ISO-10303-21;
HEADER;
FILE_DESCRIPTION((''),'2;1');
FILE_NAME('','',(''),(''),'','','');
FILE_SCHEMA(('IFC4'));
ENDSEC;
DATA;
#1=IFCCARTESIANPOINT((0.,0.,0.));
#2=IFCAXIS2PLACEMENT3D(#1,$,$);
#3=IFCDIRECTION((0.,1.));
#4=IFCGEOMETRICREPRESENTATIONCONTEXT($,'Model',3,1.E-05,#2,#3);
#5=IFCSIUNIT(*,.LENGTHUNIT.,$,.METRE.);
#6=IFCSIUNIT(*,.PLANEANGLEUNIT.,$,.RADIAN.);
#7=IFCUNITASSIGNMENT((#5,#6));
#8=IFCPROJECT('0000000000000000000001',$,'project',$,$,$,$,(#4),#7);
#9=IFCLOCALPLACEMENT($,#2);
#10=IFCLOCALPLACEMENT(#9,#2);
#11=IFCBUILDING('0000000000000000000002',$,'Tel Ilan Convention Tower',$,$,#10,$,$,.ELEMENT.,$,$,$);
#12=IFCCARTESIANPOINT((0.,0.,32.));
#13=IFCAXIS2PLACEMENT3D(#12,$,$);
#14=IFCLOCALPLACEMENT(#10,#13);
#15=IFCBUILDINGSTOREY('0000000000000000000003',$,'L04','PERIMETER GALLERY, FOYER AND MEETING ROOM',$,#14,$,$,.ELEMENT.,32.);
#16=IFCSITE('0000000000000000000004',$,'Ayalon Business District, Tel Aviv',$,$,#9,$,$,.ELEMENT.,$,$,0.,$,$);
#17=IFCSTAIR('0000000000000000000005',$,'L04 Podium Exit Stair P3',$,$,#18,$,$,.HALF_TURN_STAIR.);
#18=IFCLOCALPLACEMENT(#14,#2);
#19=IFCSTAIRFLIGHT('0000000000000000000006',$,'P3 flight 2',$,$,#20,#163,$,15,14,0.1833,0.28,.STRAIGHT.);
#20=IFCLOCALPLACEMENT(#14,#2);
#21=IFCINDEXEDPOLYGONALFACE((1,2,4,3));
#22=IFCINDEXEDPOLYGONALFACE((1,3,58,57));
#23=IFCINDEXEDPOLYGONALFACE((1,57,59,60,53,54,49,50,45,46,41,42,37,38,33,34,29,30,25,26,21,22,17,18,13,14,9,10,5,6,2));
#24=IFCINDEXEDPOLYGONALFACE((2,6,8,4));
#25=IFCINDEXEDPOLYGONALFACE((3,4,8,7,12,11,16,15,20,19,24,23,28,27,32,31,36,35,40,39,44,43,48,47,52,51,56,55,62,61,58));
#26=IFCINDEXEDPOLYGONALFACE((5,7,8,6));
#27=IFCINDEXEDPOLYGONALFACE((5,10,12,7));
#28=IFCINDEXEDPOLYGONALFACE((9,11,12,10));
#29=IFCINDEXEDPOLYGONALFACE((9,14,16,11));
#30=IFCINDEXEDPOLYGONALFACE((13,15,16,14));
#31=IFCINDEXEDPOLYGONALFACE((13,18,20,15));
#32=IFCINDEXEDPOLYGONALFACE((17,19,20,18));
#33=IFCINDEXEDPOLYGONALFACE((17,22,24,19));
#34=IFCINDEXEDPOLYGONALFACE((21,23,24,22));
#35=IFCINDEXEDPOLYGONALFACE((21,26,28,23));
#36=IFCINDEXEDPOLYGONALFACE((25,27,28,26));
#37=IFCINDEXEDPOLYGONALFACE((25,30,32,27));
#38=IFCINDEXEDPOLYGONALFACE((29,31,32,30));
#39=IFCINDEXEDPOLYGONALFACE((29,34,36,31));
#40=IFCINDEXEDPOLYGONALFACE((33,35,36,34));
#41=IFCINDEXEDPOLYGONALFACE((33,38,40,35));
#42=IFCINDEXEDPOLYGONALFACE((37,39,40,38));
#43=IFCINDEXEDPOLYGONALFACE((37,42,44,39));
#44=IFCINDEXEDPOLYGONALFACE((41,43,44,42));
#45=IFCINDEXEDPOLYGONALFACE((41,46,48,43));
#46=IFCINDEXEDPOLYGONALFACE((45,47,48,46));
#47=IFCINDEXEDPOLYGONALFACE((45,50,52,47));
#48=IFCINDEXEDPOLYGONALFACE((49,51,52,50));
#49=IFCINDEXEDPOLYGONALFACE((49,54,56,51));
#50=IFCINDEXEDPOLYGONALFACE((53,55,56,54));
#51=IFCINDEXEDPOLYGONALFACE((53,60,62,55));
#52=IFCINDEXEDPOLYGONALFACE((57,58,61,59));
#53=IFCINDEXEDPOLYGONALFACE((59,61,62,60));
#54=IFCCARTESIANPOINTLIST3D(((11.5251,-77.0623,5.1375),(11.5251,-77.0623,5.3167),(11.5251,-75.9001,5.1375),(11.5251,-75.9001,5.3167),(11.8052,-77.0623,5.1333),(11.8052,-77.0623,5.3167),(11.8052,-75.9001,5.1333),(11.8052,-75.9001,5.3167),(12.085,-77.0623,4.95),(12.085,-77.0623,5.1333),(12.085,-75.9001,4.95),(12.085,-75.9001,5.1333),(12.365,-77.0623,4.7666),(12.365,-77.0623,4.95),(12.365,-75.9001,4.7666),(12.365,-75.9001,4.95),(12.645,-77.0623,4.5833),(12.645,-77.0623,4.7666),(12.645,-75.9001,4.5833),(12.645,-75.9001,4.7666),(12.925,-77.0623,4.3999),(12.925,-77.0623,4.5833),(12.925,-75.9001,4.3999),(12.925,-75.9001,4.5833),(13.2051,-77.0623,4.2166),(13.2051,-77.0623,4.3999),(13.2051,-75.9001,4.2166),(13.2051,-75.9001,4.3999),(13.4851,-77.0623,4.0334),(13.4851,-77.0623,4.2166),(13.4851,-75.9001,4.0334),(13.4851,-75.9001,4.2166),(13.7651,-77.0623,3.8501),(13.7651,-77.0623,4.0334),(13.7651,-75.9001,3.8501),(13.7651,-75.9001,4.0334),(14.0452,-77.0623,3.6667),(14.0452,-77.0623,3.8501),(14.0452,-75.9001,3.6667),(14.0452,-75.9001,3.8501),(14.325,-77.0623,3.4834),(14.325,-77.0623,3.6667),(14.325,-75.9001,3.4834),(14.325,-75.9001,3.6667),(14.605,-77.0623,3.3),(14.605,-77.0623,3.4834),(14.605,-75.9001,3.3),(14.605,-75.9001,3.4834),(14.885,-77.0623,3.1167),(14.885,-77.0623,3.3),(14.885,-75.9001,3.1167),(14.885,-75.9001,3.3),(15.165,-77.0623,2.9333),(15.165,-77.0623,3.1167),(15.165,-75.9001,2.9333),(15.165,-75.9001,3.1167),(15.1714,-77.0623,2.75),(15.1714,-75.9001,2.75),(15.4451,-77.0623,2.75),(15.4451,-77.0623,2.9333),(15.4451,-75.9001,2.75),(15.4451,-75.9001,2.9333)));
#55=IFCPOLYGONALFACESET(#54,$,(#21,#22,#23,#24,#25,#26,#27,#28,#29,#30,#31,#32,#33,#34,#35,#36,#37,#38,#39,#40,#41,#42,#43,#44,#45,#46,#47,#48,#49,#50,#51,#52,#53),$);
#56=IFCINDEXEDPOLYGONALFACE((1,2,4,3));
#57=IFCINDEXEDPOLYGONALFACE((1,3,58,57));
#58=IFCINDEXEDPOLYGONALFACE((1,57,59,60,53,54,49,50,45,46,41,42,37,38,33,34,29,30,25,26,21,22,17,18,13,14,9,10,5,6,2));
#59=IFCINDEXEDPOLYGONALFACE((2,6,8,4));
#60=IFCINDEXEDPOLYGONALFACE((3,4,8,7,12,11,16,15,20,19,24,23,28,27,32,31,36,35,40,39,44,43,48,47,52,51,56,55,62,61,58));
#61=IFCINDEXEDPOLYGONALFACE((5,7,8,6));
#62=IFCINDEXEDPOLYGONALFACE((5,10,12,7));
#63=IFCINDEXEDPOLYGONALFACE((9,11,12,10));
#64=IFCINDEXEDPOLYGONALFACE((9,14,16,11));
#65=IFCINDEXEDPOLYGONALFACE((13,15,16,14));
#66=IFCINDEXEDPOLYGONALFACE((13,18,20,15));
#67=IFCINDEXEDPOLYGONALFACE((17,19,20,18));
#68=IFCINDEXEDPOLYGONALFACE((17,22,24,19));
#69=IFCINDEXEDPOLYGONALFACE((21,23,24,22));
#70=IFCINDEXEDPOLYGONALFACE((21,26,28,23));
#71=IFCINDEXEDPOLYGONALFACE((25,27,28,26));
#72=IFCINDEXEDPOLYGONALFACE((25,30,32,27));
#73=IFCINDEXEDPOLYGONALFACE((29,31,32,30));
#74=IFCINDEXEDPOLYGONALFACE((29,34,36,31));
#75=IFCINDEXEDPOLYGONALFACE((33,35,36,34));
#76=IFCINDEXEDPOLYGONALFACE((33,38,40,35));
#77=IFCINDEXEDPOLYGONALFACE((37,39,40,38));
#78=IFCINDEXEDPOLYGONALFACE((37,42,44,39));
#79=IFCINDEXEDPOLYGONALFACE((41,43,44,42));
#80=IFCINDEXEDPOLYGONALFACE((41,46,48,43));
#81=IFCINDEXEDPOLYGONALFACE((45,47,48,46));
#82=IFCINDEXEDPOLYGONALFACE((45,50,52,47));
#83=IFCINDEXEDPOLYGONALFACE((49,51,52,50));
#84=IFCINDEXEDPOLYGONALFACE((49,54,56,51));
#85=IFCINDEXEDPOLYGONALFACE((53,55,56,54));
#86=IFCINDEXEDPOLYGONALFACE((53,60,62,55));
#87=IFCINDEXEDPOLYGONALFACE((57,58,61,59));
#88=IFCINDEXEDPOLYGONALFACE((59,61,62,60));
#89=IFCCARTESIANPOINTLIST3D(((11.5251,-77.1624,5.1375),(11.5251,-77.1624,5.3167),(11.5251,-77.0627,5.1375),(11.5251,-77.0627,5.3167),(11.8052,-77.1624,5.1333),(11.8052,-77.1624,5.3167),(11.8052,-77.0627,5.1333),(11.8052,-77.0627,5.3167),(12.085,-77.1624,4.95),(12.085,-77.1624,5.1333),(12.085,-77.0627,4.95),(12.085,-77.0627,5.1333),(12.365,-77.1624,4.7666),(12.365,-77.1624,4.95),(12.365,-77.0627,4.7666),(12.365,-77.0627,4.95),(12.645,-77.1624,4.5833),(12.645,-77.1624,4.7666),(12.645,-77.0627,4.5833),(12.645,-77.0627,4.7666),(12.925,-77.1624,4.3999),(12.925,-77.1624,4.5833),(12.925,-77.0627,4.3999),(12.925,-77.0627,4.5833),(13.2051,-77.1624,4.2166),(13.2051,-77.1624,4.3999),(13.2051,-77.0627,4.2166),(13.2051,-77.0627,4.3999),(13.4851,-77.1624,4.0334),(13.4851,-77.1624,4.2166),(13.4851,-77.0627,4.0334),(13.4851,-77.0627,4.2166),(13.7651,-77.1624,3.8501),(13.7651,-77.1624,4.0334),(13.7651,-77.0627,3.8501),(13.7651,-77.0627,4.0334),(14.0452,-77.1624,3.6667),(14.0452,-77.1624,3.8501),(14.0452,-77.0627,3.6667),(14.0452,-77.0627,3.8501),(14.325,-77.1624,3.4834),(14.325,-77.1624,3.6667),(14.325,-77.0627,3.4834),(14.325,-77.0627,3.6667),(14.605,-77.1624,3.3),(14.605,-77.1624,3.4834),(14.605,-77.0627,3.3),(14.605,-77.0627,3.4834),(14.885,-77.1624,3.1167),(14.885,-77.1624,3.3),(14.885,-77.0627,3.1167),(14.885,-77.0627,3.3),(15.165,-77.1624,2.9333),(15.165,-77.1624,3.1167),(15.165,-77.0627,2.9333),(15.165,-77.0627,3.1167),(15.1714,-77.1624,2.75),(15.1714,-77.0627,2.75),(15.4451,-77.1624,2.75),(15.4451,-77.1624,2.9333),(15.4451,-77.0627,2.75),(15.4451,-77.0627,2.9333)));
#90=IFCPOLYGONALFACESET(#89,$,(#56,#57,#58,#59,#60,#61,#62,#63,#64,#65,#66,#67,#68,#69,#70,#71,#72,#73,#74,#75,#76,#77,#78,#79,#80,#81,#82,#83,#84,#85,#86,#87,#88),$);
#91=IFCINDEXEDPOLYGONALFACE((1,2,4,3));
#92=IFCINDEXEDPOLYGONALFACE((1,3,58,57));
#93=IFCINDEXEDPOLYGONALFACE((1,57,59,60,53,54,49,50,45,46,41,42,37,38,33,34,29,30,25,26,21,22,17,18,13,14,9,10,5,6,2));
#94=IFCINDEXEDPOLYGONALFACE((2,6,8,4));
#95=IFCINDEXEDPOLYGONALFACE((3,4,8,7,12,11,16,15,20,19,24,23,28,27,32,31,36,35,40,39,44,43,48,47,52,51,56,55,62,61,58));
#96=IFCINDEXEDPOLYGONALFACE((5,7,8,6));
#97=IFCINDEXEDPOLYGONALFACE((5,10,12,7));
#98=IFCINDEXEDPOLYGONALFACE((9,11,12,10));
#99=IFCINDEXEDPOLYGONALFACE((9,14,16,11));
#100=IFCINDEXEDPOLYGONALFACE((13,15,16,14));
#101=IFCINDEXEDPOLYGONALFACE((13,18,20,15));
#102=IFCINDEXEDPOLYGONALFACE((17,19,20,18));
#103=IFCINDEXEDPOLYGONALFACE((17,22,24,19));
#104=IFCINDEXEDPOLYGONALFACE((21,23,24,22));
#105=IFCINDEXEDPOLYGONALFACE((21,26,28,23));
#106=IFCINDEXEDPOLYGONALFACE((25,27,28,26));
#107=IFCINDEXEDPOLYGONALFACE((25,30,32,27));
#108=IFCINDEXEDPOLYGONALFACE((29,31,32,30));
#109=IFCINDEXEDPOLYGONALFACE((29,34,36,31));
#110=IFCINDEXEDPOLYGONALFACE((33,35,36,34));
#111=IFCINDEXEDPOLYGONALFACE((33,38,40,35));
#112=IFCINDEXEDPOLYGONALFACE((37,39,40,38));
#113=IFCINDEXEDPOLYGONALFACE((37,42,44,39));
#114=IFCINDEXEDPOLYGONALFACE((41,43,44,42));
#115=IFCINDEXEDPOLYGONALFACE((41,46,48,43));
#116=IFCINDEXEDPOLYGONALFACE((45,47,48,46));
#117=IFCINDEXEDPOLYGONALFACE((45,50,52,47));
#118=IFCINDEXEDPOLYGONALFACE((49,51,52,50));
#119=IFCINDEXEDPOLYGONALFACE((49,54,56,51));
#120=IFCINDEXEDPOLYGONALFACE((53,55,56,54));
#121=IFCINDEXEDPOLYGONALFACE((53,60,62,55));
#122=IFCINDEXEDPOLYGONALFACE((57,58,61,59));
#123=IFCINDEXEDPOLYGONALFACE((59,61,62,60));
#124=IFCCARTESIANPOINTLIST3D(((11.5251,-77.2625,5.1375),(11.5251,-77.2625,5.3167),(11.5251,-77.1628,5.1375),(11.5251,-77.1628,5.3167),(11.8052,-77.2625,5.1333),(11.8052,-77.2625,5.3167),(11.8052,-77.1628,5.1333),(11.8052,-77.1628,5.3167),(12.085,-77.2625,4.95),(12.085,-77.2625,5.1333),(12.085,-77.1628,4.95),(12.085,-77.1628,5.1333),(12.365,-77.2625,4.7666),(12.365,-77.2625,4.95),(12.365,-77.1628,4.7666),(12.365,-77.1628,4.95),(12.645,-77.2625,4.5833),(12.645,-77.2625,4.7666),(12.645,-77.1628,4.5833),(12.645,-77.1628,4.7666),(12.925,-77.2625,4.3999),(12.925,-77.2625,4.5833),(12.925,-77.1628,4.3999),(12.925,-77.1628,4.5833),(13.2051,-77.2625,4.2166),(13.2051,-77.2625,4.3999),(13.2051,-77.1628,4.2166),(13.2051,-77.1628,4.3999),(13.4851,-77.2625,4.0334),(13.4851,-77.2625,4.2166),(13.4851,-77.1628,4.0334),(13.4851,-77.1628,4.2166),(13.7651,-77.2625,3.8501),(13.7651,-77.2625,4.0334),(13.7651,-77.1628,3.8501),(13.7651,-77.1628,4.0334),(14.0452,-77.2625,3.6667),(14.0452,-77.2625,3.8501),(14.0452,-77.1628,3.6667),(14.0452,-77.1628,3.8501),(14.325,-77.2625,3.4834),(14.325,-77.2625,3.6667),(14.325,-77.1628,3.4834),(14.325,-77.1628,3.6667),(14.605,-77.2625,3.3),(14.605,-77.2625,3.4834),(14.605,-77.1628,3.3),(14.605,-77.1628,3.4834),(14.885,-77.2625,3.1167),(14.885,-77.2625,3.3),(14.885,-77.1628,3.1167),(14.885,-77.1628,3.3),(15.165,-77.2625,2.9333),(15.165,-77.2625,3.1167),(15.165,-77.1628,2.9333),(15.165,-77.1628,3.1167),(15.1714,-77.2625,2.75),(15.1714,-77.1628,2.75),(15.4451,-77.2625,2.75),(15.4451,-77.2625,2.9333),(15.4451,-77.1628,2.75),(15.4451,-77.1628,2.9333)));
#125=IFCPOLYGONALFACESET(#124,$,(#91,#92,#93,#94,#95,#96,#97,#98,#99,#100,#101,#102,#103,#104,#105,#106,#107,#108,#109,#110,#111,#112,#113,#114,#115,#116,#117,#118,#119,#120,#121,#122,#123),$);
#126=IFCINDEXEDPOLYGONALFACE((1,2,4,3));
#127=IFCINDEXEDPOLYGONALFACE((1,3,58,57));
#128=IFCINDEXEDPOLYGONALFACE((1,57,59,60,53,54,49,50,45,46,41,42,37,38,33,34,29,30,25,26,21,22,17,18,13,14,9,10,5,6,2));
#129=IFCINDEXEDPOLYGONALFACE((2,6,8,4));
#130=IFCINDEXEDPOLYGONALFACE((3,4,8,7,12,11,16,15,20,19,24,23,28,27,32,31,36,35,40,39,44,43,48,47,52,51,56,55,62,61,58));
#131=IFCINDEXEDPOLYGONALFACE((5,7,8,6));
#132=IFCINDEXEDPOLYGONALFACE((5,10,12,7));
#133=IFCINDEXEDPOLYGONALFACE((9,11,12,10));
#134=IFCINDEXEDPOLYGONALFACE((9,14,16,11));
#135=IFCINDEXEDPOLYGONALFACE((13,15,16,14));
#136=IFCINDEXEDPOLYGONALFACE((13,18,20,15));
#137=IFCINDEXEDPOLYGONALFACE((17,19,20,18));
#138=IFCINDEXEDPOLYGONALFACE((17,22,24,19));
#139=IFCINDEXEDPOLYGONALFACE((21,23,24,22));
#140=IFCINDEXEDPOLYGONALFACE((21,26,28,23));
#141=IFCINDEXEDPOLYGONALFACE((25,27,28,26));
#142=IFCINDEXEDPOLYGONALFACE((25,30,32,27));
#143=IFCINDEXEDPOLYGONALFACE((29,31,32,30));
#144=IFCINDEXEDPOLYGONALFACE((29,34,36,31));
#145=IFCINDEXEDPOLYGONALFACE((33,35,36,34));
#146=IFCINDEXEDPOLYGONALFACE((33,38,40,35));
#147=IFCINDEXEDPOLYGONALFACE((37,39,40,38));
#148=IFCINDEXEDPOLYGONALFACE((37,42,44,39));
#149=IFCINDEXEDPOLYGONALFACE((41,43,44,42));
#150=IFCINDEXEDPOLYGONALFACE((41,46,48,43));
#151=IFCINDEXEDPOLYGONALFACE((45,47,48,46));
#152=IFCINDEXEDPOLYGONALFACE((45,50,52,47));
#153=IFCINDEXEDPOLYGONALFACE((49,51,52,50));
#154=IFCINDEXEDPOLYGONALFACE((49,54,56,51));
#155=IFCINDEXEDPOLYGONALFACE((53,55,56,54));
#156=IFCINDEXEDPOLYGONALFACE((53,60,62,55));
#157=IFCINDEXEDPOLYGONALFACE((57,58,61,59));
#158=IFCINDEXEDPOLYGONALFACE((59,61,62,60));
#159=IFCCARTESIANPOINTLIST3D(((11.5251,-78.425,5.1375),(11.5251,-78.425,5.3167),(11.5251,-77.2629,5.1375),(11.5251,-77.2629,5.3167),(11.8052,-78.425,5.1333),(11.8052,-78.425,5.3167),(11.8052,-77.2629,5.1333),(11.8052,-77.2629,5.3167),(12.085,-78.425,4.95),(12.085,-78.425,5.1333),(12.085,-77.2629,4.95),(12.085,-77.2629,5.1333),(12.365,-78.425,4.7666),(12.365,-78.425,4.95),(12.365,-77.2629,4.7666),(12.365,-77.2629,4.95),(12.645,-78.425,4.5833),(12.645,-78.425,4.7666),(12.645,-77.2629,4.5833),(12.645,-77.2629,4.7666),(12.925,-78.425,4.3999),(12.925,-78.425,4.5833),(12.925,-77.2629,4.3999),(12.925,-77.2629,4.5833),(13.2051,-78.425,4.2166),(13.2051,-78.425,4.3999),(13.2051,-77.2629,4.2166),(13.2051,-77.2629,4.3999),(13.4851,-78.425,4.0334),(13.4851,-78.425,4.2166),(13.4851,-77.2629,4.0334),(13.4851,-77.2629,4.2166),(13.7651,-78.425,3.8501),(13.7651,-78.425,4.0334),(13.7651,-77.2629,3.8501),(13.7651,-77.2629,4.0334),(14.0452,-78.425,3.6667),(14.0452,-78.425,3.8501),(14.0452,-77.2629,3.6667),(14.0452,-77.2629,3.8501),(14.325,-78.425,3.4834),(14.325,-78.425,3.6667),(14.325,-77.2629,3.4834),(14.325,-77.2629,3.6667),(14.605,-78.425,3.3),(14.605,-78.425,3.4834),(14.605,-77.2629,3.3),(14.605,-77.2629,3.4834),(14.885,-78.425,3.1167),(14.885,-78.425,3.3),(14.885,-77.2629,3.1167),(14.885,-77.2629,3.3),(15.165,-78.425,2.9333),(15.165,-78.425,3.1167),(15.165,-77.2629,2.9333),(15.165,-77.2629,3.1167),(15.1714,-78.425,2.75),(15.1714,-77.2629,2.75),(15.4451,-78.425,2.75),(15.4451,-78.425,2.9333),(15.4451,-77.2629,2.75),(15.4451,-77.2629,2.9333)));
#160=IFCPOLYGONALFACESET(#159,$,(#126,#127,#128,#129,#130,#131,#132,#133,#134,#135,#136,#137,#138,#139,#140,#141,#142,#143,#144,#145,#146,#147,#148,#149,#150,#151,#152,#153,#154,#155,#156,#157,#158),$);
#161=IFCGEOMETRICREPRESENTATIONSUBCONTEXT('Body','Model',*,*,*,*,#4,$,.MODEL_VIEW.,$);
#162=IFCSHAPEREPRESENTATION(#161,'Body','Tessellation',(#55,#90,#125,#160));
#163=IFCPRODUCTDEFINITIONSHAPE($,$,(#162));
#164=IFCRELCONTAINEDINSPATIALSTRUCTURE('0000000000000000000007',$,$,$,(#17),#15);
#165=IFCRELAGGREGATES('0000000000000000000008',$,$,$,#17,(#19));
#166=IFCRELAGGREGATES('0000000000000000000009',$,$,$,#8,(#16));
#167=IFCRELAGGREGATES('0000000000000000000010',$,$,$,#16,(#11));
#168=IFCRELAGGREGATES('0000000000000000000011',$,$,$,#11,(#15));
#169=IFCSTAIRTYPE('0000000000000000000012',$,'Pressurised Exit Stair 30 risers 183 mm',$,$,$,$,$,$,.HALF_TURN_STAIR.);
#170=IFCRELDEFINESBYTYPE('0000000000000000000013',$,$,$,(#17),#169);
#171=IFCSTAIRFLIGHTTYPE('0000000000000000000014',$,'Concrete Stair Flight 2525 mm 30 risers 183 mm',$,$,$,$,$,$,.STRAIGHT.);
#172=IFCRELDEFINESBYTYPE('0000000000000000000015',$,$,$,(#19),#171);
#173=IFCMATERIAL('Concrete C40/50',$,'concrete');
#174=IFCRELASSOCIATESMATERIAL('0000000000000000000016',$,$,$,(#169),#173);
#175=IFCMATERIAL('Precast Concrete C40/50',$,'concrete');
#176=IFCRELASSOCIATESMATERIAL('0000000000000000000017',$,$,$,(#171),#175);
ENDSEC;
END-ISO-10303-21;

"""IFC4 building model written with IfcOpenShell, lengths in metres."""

from ifc_helpers import new_model, si_unit, direction, frame, origin, place, context, subcontext, project, spatial, polyline, outline, extrude, material, type_object, element, aggregate, save


model = new_model("IFC4")

# Units and contexts
model_context = context("Model", 3, precision=1e-05, world=origin(), true_north=direction((0.0, 1.0)))
body_context = subcontext(model_context, "Body", "Model", "MODEL_VIEW")
ifc_project = project(units=[si_unit("LENGTHUNIT", "METRE"), si_unit("PLANEANGLEUNIT", "RADIAN")], contexts=[model_context])

# Site, building, storey
site_placement = place(None, origin())
site = spatial("IfcSite", under=ifc_project, at=site_placement, Name="Ayalon Business District, Tel Aviv", CompositionType="ELEMENT", RefElevation=0.0)
building_placement = place(site_placement, origin())
building = spatial("IfcBuilding", under=site, at=building_placement, Name="Tel Ilan Convention Tower", CompositionType="ELEMENT")
storey_placement = place(building_placement, frame((0.0, 0.0, 32.0)))
storey = spatial("IfcBuildingStorey", under=building, at=storey_placement, Name="L04", Description="PERIMETER GALLERY, FOYER AND MEETING ROOM", CompositionType="ELEMENT", Elevation=32.0)

# Stair, stair flight
ifc_material_1 = material(Name="Concrete C40/50", Category="concrete")
stair_type = type_object("IfcStairType", Name="Pressurised Exit Stair 30 risers 183 mm", PredefinedType="HALF_TURN_STAIR", material=ifc_material_1)
stair_placement = place(storey_placement, origin())
stair = element("IfcStair", 1, at=stair_placement, inside=storey, type_object=stair_type, Name="L04 Podium Exit Stair P3", PredefinedType="HALF_TURN_STAIR")
ifc_material_2 = material(Name="Precast Concrete C40/50", Category="concrete")
stair_flight_type = type_object("IfcStairFlightType", Name="Concrete Stair Flight 2525 mm 30 risers 183 mm", PredefinedType="STRAIGHT", material=ifc_material_2)
stair_flight_1_placement = place(storey_placement, frame((15.4451, -77.1626, 2.75), z_axis=(0.0, 0.0, 1.0), x_axis=(-1.0, 0.0, 0.0)))
stair_flight_1 = element("IfcStairFlight", 2, at=stair_flight_1_placement, type_object=stair_flight_type, Name="P3 flight 2", NumberOfRisers=15, NumberOfTreads=14, PredefinedType="STRAIGHT", RiserHeight=0.1833, TreadLength=0.28, context=body_context, shape_type="SweptSolid", body=[
    extrude(outline(polyline([(0.0, 0.0), (0.0, 0.1833), (0.28, 0.1833), (0.28, 0.3667), (0.5601, 0.3667), (0.5601, 0.55), (0.8401, 0.55), (0.8401, 0.7334), (1.1201, 0.7334), (1.1201, 0.9167), (1.3999, 0.9167), (1.3999, 1.1001), (1.6799, 1.1001), (1.6799, 1.2834), (1.96, 1.2834), (1.96, 1.4666), (2.24, 1.4666), (2.24, 1.6499), (2.52, 1.6499), (2.52, 1.8333), (2.8, 1.8333), (2.8, 2.0166), (3.0801, 2.0166), (3.0801, 2.2), (3.3601, 2.2), (3.3601, 2.3833), (3.6399, 2.3833), (3.6399, 2.5667), (3.9199, 2.5667), (3.9199, 2.75), (3.9199, 2.3875), (0.2737, 0.0), (0.0, 0.0)])), frame((0.0, -0.1003, 0.0), z_axis=(0.0, -1.0, 0.0), x_axis=(1.0, 0.0, 0.0)), (0.0, 0.0, 1.0), 1.1621),
    extrude(outline(polyline([(0.0, 0.0), (0.0, 0.1833), (0.28, 0.1833), (0.28, 0.3667), (0.5601, 0.3667), (0.5601, 0.55), (0.8401, 0.55), (0.8401, 0.7334), (1.1201, 0.7334), (1.1201, 0.9167), (1.3999, 0.9167), (1.3999, 1.1001), (1.6799, 1.1001), (1.6799, 1.2834), (1.96, 1.2834), (1.96, 1.4666), (2.24, 1.4666), (2.24, 1.6499), (2.52, 1.6499), (2.52, 1.8333), (2.8, 1.8333), (2.8, 2.0166), (3.0801, 2.0166), (3.0801, 2.2), (3.3601, 2.2), (3.3601, 2.3833), (3.6399, 2.3833), (3.6399, 2.5667), (3.9199, 2.5667), (3.9199, 2.75), (3.9199, 2.3875), (0.2737, 0.0), (0.0, 0.0)])), frame((0.0, -0.0002, 0.0), z_axis=(0.0, -1.0, 0.0), x_axis=(1.0, 0.0, 0.0)), (0.0, 0.0, 1.0), 0.0996),
    extrude(outline(polyline([(0.0, 0.0), (0.0, 0.1833), (0.28, 0.1833), (0.28, 0.3667), (0.5601, 0.3667), (0.5601, 0.55), (0.8401, 0.55), (0.8401, 0.7334), (1.1201, 0.7334), (1.1201, 0.9167), (1.3999, 0.9167), (1.3999, 1.1001), (1.6799, 1.1001), (1.6799, 1.2834), (1.96, 1.2834), (1.96, 1.4666), (2.24, 1.4666), (2.24, 1.6499), (2.52, 1.6499), (2.52, 1.8333), (2.8, 1.8333), (2.8, 2.0166), (3.0801, 2.0166), (3.0801, 2.2), (3.3601, 2.2), (3.3601, 2.3833), (3.6399, 2.3833), (3.6399, 2.5667), (3.9199, 2.5667), (3.9199, 2.75), (3.9199, 2.3875), (0.2737, 0.0), (0.0, 0.0)])), frame((0.0, 0.0999, 0.0), z_axis=(0.0, -1.0, 0.0), x_axis=(1.0, 0.0, 0.0)), (0.0, 0.0, 1.0), 0.0996),
    extrude(outline(polyline([(0.0, 0.0), (0.0, 0.1833), (0.28, 0.1833), (0.28, 0.3667), (0.5601, 0.3667), (0.5601, 0.55), (0.8401, 0.55), (0.8401, 0.7334), (1.1201, 0.7334), (1.1201, 0.9167), (1.3999, 0.9167), (1.3999, 1.1001), (1.6799, 1.1001), (1.6799, 1.2834), (1.96, 1.2834), (1.96, 1.4666), (2.24, 1.4666), (2.24, 1.6499), (2.52, 1.6499), (2.52, 1.8333), (2.8, 1.8333), (2.8, 2.0166), (3.0801, 2.0166), (3.0801, 2.2), (3.3601, 2.2), (3.3601, 2.3833), (3.6399, 2.3833), (3.6399, 2.5667), (3.9199, 2.5667), (3.9199, 2.75), (3.9199, 2.3875), (0.2737, 0.0), (0.0, 0.0)])), frame((0.0, 1.2625, 0.0), z_axis=(0.0, -1.0, 0.0), x_axis=(1.0, 0.0, 0.0)), (0.0, 0.0, 1.0), 1.1621),
])
aggregate(stair, [stair_flight_1])

save(model, "model.ifc")
